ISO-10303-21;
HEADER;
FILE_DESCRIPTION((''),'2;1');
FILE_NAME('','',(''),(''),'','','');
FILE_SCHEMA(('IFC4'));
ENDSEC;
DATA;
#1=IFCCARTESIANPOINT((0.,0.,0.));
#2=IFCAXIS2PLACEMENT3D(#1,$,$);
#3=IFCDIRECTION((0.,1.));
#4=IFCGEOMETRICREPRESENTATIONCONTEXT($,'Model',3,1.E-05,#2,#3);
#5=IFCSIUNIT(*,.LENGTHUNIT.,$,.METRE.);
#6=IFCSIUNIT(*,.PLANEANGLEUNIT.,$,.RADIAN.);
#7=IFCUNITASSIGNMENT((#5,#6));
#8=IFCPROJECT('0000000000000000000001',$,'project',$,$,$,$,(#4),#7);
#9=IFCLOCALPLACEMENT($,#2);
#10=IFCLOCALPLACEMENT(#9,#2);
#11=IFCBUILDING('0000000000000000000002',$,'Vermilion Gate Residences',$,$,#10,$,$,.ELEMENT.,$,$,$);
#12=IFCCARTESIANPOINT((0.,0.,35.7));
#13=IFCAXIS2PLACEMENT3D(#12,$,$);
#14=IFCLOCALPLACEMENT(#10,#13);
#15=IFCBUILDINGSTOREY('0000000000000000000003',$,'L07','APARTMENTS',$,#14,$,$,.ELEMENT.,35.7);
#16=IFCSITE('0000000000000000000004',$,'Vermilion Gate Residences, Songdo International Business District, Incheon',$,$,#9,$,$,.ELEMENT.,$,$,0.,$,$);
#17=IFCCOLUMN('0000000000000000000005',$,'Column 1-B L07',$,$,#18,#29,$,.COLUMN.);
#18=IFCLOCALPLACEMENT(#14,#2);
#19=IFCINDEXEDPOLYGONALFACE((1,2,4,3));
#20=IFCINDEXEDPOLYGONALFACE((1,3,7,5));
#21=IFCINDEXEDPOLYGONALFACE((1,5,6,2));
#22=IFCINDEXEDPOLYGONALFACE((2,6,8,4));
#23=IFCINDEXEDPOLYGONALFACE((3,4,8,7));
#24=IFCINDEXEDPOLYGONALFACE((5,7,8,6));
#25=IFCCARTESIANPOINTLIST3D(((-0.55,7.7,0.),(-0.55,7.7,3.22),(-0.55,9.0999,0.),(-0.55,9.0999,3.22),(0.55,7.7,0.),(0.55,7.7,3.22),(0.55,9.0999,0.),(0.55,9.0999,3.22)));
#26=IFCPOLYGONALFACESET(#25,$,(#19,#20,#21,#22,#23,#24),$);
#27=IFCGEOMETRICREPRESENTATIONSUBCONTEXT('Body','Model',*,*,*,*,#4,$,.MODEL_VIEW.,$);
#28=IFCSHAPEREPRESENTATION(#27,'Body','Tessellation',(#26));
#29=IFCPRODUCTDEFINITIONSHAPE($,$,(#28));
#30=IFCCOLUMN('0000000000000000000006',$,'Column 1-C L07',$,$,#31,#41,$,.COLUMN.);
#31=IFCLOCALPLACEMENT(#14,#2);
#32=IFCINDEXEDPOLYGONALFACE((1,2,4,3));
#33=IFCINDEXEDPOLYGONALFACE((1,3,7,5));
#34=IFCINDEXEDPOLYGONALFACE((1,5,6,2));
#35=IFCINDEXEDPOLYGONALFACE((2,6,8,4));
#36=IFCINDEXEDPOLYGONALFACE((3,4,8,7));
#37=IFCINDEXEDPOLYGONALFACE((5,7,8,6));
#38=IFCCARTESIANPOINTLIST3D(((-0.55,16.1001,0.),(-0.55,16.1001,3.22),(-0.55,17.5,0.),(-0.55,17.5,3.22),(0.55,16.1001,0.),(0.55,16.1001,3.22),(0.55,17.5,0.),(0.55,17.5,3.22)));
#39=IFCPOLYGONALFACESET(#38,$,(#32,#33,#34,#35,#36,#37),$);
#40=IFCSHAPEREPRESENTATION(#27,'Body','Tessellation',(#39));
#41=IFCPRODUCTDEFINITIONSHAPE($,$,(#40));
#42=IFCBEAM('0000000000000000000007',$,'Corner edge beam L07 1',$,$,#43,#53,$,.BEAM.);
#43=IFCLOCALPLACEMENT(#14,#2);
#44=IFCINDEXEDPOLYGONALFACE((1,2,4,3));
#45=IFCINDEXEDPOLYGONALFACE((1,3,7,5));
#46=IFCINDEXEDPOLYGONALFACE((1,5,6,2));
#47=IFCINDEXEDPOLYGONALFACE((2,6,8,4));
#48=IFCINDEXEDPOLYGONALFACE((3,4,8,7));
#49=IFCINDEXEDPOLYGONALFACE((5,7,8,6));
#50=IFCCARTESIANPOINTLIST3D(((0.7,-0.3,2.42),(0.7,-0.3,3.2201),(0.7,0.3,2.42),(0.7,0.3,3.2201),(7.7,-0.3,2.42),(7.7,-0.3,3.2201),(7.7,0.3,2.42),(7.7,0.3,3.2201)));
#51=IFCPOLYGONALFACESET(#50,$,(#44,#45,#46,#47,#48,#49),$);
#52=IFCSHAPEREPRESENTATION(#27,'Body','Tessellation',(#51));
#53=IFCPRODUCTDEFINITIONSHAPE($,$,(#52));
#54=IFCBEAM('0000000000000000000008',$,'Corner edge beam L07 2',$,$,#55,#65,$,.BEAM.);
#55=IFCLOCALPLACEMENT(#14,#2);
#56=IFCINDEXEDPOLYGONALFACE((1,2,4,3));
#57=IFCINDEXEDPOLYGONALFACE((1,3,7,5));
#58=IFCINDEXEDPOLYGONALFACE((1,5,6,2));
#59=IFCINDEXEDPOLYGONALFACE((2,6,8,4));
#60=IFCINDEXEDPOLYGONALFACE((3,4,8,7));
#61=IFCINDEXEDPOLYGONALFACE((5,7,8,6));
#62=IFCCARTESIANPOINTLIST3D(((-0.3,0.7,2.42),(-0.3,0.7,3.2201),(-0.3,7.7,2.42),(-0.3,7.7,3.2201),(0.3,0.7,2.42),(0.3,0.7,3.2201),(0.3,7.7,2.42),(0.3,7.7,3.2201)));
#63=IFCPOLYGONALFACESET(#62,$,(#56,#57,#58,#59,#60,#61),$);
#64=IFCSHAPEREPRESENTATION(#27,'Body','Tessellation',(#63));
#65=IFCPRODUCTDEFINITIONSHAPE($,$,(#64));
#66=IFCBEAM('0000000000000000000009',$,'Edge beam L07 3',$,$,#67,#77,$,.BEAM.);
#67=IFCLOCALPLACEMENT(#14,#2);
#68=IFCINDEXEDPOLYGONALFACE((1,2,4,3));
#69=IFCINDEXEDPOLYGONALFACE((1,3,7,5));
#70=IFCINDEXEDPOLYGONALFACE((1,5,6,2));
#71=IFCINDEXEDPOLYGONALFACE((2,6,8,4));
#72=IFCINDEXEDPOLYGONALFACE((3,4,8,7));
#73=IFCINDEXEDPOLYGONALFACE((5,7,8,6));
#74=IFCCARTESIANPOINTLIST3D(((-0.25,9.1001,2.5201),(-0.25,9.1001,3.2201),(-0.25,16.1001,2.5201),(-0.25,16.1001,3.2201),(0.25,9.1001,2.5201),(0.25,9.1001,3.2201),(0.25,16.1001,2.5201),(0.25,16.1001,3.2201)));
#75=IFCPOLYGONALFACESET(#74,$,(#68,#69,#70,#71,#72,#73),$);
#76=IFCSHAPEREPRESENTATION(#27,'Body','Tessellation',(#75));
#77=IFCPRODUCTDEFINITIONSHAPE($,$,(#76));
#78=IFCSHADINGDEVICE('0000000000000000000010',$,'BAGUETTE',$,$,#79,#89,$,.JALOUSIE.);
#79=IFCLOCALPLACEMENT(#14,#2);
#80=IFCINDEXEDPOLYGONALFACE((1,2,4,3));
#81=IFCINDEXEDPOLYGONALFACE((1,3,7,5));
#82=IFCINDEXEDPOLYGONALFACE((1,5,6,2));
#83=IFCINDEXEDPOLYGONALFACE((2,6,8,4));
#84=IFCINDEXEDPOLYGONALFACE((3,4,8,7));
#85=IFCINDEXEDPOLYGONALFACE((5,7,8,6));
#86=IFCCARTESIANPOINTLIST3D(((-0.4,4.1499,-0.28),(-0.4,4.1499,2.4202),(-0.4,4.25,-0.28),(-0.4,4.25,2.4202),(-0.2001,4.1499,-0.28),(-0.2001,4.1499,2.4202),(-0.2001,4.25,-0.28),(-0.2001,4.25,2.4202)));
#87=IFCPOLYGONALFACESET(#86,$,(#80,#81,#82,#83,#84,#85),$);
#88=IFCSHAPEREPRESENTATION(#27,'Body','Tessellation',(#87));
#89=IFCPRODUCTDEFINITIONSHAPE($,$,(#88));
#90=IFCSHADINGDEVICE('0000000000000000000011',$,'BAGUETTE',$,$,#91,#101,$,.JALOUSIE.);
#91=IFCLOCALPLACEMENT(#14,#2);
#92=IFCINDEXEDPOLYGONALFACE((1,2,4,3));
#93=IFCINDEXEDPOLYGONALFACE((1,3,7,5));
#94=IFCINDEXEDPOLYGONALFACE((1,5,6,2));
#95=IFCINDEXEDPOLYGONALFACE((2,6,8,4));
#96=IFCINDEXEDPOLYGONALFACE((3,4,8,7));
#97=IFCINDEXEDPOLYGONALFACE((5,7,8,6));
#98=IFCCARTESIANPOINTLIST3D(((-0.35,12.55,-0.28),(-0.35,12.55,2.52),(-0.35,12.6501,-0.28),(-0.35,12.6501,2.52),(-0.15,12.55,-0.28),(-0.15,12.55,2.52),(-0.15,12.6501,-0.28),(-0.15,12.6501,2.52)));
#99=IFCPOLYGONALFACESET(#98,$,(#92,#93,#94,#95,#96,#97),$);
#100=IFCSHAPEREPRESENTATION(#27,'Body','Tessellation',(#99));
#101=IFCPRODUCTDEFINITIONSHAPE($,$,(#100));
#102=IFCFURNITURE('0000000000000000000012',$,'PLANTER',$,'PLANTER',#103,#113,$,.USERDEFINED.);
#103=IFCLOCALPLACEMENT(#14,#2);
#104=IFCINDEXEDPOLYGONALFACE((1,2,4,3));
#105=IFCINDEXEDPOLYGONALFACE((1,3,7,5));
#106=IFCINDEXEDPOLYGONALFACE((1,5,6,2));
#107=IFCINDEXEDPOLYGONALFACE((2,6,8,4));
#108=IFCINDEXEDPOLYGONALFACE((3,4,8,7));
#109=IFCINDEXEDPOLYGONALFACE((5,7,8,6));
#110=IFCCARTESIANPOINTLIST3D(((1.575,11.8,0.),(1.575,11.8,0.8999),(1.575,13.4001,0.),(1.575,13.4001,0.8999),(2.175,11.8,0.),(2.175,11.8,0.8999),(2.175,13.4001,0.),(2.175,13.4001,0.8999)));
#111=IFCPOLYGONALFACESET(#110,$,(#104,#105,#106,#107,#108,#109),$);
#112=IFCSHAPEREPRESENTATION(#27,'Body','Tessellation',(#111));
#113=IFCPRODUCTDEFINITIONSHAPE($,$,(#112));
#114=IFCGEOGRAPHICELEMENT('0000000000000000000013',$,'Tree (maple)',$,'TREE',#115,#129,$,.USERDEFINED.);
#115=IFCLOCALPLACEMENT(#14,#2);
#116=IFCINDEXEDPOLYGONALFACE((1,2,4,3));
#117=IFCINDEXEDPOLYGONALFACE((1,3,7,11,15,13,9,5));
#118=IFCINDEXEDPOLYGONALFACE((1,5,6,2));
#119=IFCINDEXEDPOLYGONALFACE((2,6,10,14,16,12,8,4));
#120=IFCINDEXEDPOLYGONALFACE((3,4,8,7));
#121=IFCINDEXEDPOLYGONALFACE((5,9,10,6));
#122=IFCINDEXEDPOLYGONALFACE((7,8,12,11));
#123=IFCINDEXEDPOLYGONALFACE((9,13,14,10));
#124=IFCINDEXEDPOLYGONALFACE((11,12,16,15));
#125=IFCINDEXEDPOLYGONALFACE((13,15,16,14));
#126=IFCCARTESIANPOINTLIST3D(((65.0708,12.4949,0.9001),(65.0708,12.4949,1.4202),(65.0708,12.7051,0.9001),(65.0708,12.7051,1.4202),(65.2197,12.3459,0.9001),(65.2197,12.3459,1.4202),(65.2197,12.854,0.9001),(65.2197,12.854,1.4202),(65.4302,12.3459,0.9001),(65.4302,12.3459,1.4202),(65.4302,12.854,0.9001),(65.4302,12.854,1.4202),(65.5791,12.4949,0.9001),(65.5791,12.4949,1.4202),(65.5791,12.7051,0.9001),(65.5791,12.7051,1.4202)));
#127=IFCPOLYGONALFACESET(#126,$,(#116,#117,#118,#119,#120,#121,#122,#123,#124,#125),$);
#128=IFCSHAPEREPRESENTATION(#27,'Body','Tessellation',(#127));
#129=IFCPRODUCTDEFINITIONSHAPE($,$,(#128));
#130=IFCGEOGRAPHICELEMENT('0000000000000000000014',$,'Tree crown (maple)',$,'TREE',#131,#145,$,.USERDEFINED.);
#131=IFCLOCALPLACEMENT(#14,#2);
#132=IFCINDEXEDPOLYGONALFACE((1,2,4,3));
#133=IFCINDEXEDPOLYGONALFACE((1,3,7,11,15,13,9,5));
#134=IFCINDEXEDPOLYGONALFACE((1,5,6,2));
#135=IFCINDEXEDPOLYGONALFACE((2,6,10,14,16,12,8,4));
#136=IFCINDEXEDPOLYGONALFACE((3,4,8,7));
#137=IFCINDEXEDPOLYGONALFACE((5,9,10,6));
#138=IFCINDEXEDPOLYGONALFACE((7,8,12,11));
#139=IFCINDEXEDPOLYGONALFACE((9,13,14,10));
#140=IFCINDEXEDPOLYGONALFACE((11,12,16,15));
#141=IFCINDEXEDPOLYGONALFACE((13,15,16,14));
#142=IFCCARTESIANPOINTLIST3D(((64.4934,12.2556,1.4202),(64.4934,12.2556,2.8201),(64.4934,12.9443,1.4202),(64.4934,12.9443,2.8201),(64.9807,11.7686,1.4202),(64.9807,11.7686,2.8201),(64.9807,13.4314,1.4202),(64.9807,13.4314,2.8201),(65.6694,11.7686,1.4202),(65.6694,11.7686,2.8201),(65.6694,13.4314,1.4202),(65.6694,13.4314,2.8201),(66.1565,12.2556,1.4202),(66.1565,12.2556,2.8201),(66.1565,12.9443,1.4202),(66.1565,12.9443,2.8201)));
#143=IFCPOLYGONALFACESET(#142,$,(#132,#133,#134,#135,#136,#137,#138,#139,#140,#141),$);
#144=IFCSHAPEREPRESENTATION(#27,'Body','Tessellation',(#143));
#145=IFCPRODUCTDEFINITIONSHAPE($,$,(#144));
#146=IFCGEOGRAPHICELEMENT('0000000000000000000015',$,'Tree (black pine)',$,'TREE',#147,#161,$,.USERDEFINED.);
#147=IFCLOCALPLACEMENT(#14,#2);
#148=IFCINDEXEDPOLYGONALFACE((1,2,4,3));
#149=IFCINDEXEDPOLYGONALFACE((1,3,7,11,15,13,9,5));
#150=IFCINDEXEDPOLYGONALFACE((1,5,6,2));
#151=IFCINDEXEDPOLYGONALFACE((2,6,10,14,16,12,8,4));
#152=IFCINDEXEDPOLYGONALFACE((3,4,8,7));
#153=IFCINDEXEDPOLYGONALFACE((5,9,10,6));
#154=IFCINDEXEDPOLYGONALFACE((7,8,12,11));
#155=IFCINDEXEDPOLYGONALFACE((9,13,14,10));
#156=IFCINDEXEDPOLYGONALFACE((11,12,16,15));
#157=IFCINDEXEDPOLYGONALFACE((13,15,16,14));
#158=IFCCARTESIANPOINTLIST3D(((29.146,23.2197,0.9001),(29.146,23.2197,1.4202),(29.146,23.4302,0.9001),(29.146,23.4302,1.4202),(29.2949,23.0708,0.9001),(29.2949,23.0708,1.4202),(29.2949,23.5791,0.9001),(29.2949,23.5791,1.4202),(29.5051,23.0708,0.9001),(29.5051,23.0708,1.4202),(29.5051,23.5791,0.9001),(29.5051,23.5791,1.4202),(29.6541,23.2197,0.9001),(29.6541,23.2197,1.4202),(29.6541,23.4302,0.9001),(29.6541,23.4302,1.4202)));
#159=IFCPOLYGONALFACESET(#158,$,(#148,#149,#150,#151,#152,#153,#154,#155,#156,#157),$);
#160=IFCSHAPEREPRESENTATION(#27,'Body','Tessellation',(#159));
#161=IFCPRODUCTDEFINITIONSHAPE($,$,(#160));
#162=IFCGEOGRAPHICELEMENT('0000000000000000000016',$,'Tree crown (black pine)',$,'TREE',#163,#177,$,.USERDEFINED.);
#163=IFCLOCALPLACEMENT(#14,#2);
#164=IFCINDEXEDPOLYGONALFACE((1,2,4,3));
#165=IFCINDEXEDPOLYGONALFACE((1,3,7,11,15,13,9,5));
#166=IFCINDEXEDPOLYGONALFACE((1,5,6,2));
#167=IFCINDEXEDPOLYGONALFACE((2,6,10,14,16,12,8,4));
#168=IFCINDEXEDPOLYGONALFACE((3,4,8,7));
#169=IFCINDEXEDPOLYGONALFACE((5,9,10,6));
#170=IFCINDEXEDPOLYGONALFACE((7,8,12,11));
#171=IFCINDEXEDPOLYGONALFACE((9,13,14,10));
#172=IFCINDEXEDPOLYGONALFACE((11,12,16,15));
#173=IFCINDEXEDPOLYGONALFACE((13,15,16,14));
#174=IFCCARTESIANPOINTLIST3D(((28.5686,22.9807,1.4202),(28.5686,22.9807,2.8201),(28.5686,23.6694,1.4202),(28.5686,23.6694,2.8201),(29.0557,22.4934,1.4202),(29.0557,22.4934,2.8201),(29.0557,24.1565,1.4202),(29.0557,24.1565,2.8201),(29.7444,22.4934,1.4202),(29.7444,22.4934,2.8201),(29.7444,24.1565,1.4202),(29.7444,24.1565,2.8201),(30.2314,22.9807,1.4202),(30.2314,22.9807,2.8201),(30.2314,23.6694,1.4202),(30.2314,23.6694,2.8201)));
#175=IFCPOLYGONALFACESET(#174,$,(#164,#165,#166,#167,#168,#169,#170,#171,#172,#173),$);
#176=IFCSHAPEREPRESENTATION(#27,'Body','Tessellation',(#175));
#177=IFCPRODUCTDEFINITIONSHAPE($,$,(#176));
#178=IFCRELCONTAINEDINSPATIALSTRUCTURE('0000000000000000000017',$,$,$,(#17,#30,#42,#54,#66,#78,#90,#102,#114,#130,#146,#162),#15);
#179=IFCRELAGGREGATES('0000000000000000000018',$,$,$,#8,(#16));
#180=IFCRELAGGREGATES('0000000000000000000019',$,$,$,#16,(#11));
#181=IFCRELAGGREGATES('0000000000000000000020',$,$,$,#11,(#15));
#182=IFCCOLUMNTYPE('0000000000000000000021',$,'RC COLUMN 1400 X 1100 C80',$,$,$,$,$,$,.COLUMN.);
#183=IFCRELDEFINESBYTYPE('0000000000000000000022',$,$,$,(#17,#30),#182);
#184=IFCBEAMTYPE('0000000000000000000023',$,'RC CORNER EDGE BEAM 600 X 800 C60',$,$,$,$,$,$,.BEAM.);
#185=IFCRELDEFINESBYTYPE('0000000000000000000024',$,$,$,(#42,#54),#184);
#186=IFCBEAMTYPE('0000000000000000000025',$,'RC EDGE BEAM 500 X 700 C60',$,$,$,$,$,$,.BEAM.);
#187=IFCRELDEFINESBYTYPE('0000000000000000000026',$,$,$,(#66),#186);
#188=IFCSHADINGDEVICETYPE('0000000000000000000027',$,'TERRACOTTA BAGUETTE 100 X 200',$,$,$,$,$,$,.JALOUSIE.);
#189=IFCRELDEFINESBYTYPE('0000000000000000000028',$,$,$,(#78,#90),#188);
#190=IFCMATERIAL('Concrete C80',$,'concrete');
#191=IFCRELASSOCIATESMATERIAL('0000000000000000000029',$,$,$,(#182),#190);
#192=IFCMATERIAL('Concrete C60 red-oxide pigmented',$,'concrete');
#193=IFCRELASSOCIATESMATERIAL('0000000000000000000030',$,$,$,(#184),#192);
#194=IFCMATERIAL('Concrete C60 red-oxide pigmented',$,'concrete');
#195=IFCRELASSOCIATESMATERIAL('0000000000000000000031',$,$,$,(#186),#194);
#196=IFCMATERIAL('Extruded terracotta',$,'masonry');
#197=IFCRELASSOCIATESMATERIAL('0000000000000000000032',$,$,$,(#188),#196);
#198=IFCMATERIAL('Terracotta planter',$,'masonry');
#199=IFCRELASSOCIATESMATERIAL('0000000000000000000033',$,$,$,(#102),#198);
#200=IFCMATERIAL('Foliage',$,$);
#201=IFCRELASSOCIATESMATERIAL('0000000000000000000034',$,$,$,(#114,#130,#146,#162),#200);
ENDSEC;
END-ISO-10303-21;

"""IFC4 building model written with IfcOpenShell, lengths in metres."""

from ifc_helpers import new_model, si_unit, direction, frame, origin, origin_2d, place, context, subcontext, project, spatial, polyline, rectangle, outline, extrude, material, material_profile, profile_set, type_object, element, save


model = new_model("IFC4")

# Units and contexts
model_context = context("Model", 3, precision=1e-05, world=origin(), true_north=direction((0.0, 1.0)))
body_context = subcontext(model_context, "Body", "Model", "MODEL_VIEW")
ifc_project = project(units=[si_unit("LENGTHUNIT", "METRE"), si_unit("PLANEANGLEUNIT", "RADIAN")], contexts=[model_context])

# Site, building, storey
site_placement = place(None, origin())
site = spatial("IfcSite", under=ifc_project, at=site_placement, Name="Vermilion Gate Residences, Songdo International Business District, Incheon", CompositionType="ELEMENT", RefElevation=0.0)
building_placement = place(site_placement, origin())
building = spatial("IfcBuilding", under=site, at=building_placement, Name="Vermilion Gate Residences", CompositionType="ELEMENT")
storey_placement = place(building_placement, frame((0.0, 0.0, 35.7)))
storey = spatial("IfcBuildingStorey", under=building, at=storey_placement, Name="L07", Description="APARTMENTS", CompositionType="ELEMENT", Elevation=35.7)

# Columns
ifc_material_1 = material(Name="Concrete C80", Category="concrete")
ifc_material_profile_1 = material_profile(ifc_material_1, rectangle(XDim=1.3999, YDim=1.1001, at=origin_2d()), Name="RC-1400x1100")
ifc_profile_set_1 = profile_set([ifc_material_profile_1], Name="Concrete C80")
column_type = type_object("IfcColumnType", Name="RC COLUMN 1400 X 1100 C80", PredefinedType="COLUMN", material=ifc_profile_set_1)
for number, where, z_axis, x_axis, name in (
    (1, (0.0, 8.3999, 0.0), (0.0, 0.0, 1.0), (0.0, 1.0, 0.0), "Column 1-B L07"),
    (2, (0.0, 16.8, 0.0), (0.0, 0.0, 1.0), (0.0, 1.0, 0.0), "Column 1-C L07"),
):
    element("IfcColumn", number, at=place(storey_placement, frame(where, z_axis=z_axis, x_axis=x_axis)), inside=storey, type_object=column_type, Name=name, PredefinedType="COLUMN", context=body_context, shape_type="SweptSolid", body=[
        extrude(rectangle(XDim=1.3999, YDim=1.1001, at=origin_2d()), origin(), (0.0, 0.0, 1.0), 3.22),
    ])

# Beams
ifc_material_2 = material(Name="Concrete C60 red-oxide pigmented", Category="concrete")
ifc_material_profile_2 = material_profile(ifc_material_2, rectangle(XDim=0.6001, YDim=0.8, at=origin_2d()), Name="RC-600x800")
ifc_profile_set_2 = profile_set([ifc_material_profile_2], Name="Concrete C60 red-oxide pigmented")
beam_type_1 = type_object("IfcBeamType", Name="RC CORNER EDGE BEAM 600 X 800 C60", PredefinedType="BEAM", material=ifc_profile_set_2)
for number, where, z_axis, x_axis, name in (
    (3, (0.7, 0.0, 2.8201), (1.0, 0.0, 0.0), (0.0, 1.0, 0.0), "Corner edge beam L07 1"),
    (4, (0.0, 0.7, 2.8201), (0.0, 1.0, 0.0), (-1.0, 0.0, 0.0), "Corner edge beam L07 2"),
):
    element("IfcBeam", number, at=place(storey_placement, frame(where, z_axis=z_axis, x_axis=x_axis)), inside=storey, type_object=beam_type_1, Name=name, PredefinedType="BEAM", context=body_context, shape_type="SweptSolid", body=[
        extrude(rectangle(XDim=0.6001, YDim=0.8, at=origin_2d()), origin(), (0.0, 0.0, 1.0), 7.0),
    ])
ifc_material_3 = material(Name="Concrete C60 red-oxide pigmented", Category="concrete")
ifc_material_profile_3 = material_profile(ifc_material_3, rectangle(XDim=0.5, YDim=0.7, at=origin_2d()), Name="RC-500x700")
ifc_profile_set_3 = profile_set([ifc_material_profile_3], Name="Concrete C60 red-oxide pigmented")
beam_type_2 = type_object("IfcBeamType", Name="RC EDGE BEAM 500 X 700 C60", PredefinedType="BEAM", material=ifc_profile_set_3)
beam_placement = place(storey_placement, frame((0.0, 9.1001, 2.8701), z_axis=(0.0, 1.0, 0.0), x_axis=(-1.0, 0.0, 0.0)))
element("IfcBeam", 5, at=beam_placement, inside=storey, type_object=beam_type_2, Name="Edge beam L07 3", PredefinedType="BEAM", context=body_context, shape_type="SweptSolid", body=[
    extrude(rectangle(XDim=0.5, YDim=0.7, at=origin_2d()), origin(), (0.0, 0.0, 1.0), 7.0),
])

# Shading devices
ifc_material_4 = material(Name="Extruded terracotta", Category="masonry")
ifc_material_profile_4 = material_profile(ifc_material_4, rectangle(XDim=0.2, YDim=0.1001, at=origin_2d()), Name="BAGUETTE 100 X 200")
ifc_profile_set_4 = profile_set([ifc_material_profile_4], Name="Extruded terracotta")
shading_device_type = type_object("IfcShadingDeviceType", Name="TERRACOTTA BAGUETTE 100 X 200", PredefinedType="JALOUSIE", material=ifc_profile_set_4)
shading_device_1_placement = place(storey_placement, frame((-0.3, 4.2, -0.28), z_axis=(0.0, 0.0, 1.0), x_axis=(1.0, 0.0, 0.0)))
element("IfcShadingDevice", 6, at=shading_device_1_placement, inside=storey, type_object=shading_device_type, Name="BAGUETTE", PredefinedType="JALOUSIE", context=body_context, shape_type="SweptSolid", body=[
    extrude(rectangle(XDim=0.2, YDim=0.1001, at=origin_2d()), origin(), (0.0, 0.0, 1.0), 2.7002),
])
shading_device_2_placement = place(storey_placement, frame((-0.25, 12.6001, -0.28), z_axis=(0.0, 0.0, 1.0), x_axis=(1.0, 0.0, 0.0)))
element("IfcShadingDevice", 7, at=shading_device_2_placement, inside=storey, type_object=shading_device_type, Name="BAGUETTE", PredefinedType="JALOUSIE", context=body_context, shape_type="SweptSolid", body=[
    extrude(rectangle(XDim=0.2, YDim=0.1001, at=origin_2d()), origin(), (0.0, 0.0, 1.0), 2.8),
])

# Furniture
ifc_material_5 = material(Name="Terracotta planter", Category="masonry")
furniture_placement = place(storey_placement, frame((1.875, 12.6001, 0.0), z_axis=(0.0, 0.0, 1.0), x_axis=(0.0, -1.0, 0.0)))
element("IfcFurniture", 8, at=furniture_placement, inside=storey, material=ifc_material_5, Name="PLANTER", ObjectType="PLANTER", PredefinedType="USERDEFINED", context=body_context, shape_type="SweptSolid", body=[
    extrude(rectangle(XDim=1.6001, YDim=0.6001, at=origin_2d()), origin(), (0.0, 0.0, 1.0), 0.8999),
])

# Geographic elements
ifc_material_6 = material(Name="Foliage")
geographic_element_1_placement = place(storey_placement, frame((0.0, 0.0, 0.9001)))
element("IfcGeographicElement", 9, at=geographic_element_1_placement, inside=storey, material=ifc_material_6, Name="Tree (maple)", ObjectType="TREE", PredefinedType="USERDEFINED", context=body_context, shape_type="SweptSolid", body=[
    extrude(outline(polyline([(65.5791, 12.7051), (65.4302, 12.854), (65.2197, 12.854), (65.0708, 12.7051), (65.0708, 12.4949), (65.2197, 12.3459), (65.4302, 12.3459), (65.5791, 12.4949), (65.5791, 12.7051)])), origin(), (0.0, 0.0, 1.0), 0.52),
])
geographic_element_2_placement = place(storey_placement, frame((0.0, 0.0, 1.4202)))
element("IfcGeographicElement", 10, at=geographic_element_2_placement, inside=storey, material=ifc_material_6, Name="Tree crown (maple)", ObjectType="TREE", PredefinedType="USERDEFINED", context=body_context, shape_type="SweptSolid", body=[
    extrude(outline(polyline([(66.1565, 12.9443), (65.6694, 13.4314), (64.9807, 13.4314), (64.4934, 12.9443), (64.4934, 12.2556), (64.9807, 11.7686), (65.6694, 11.7686), (66.1565, 12.2556), (66.1565, 12.9443)])), origin(), (0.0, 0.0, 1.0), 1.3999),
])
geographic_element_3_placement = place(storey_placement, frame((0.0, 0.0, 0.9001)))
element("IfcGeographicElement", 11, at=geographic_element_3_placement, inside=storey, material=ifc_material_6, Name="Tree (black pine)", ObjectType="TREE", PredefinedType="USERDEFINED", context=body_context, shape_type="SweptSolid", body=[
    extrude(outline(polyline([(29.6541, 23.4302), (29.5051, 23.5791), (29.2949, 23.5791), (29.146, 23.4302), (29.146, 23.2197), (29.2949, 23.0708), (29.5051, 23.0708), (29.6541, 23.2197), (29.6541, 23.4302)])), origin(), (0.0, 0.0, 1.0), 0.52),
])
geographic_element_4_placement = place(storey_placement, frame((0.0, 0.0, 1.4202)))
element("IfcGeographicElement", 12, at=geographic_element_4_placement, inside=storey, material=ifc_material_6, Name="Tree crown (black pine)", ObjectType="TREE", PredefinedType="USERDEFINED", context=body_context, shape_type="SweptSolid", body=[
    extrude(outline(polyline([(30.2314, 23.6694), (29.7444, 24.1565), (29.0557, 24.1565), (28.5686, 23.6694), (28.5686, 22.9807), (29.0557, 22.4934), (29.7444, 22.4934), (30.2314, 22.9807), (30.2314, 23.6694)])), origin(), (0.0, 0.0, 1.0), 1.3999),
])

save(model, "model.ifc")
